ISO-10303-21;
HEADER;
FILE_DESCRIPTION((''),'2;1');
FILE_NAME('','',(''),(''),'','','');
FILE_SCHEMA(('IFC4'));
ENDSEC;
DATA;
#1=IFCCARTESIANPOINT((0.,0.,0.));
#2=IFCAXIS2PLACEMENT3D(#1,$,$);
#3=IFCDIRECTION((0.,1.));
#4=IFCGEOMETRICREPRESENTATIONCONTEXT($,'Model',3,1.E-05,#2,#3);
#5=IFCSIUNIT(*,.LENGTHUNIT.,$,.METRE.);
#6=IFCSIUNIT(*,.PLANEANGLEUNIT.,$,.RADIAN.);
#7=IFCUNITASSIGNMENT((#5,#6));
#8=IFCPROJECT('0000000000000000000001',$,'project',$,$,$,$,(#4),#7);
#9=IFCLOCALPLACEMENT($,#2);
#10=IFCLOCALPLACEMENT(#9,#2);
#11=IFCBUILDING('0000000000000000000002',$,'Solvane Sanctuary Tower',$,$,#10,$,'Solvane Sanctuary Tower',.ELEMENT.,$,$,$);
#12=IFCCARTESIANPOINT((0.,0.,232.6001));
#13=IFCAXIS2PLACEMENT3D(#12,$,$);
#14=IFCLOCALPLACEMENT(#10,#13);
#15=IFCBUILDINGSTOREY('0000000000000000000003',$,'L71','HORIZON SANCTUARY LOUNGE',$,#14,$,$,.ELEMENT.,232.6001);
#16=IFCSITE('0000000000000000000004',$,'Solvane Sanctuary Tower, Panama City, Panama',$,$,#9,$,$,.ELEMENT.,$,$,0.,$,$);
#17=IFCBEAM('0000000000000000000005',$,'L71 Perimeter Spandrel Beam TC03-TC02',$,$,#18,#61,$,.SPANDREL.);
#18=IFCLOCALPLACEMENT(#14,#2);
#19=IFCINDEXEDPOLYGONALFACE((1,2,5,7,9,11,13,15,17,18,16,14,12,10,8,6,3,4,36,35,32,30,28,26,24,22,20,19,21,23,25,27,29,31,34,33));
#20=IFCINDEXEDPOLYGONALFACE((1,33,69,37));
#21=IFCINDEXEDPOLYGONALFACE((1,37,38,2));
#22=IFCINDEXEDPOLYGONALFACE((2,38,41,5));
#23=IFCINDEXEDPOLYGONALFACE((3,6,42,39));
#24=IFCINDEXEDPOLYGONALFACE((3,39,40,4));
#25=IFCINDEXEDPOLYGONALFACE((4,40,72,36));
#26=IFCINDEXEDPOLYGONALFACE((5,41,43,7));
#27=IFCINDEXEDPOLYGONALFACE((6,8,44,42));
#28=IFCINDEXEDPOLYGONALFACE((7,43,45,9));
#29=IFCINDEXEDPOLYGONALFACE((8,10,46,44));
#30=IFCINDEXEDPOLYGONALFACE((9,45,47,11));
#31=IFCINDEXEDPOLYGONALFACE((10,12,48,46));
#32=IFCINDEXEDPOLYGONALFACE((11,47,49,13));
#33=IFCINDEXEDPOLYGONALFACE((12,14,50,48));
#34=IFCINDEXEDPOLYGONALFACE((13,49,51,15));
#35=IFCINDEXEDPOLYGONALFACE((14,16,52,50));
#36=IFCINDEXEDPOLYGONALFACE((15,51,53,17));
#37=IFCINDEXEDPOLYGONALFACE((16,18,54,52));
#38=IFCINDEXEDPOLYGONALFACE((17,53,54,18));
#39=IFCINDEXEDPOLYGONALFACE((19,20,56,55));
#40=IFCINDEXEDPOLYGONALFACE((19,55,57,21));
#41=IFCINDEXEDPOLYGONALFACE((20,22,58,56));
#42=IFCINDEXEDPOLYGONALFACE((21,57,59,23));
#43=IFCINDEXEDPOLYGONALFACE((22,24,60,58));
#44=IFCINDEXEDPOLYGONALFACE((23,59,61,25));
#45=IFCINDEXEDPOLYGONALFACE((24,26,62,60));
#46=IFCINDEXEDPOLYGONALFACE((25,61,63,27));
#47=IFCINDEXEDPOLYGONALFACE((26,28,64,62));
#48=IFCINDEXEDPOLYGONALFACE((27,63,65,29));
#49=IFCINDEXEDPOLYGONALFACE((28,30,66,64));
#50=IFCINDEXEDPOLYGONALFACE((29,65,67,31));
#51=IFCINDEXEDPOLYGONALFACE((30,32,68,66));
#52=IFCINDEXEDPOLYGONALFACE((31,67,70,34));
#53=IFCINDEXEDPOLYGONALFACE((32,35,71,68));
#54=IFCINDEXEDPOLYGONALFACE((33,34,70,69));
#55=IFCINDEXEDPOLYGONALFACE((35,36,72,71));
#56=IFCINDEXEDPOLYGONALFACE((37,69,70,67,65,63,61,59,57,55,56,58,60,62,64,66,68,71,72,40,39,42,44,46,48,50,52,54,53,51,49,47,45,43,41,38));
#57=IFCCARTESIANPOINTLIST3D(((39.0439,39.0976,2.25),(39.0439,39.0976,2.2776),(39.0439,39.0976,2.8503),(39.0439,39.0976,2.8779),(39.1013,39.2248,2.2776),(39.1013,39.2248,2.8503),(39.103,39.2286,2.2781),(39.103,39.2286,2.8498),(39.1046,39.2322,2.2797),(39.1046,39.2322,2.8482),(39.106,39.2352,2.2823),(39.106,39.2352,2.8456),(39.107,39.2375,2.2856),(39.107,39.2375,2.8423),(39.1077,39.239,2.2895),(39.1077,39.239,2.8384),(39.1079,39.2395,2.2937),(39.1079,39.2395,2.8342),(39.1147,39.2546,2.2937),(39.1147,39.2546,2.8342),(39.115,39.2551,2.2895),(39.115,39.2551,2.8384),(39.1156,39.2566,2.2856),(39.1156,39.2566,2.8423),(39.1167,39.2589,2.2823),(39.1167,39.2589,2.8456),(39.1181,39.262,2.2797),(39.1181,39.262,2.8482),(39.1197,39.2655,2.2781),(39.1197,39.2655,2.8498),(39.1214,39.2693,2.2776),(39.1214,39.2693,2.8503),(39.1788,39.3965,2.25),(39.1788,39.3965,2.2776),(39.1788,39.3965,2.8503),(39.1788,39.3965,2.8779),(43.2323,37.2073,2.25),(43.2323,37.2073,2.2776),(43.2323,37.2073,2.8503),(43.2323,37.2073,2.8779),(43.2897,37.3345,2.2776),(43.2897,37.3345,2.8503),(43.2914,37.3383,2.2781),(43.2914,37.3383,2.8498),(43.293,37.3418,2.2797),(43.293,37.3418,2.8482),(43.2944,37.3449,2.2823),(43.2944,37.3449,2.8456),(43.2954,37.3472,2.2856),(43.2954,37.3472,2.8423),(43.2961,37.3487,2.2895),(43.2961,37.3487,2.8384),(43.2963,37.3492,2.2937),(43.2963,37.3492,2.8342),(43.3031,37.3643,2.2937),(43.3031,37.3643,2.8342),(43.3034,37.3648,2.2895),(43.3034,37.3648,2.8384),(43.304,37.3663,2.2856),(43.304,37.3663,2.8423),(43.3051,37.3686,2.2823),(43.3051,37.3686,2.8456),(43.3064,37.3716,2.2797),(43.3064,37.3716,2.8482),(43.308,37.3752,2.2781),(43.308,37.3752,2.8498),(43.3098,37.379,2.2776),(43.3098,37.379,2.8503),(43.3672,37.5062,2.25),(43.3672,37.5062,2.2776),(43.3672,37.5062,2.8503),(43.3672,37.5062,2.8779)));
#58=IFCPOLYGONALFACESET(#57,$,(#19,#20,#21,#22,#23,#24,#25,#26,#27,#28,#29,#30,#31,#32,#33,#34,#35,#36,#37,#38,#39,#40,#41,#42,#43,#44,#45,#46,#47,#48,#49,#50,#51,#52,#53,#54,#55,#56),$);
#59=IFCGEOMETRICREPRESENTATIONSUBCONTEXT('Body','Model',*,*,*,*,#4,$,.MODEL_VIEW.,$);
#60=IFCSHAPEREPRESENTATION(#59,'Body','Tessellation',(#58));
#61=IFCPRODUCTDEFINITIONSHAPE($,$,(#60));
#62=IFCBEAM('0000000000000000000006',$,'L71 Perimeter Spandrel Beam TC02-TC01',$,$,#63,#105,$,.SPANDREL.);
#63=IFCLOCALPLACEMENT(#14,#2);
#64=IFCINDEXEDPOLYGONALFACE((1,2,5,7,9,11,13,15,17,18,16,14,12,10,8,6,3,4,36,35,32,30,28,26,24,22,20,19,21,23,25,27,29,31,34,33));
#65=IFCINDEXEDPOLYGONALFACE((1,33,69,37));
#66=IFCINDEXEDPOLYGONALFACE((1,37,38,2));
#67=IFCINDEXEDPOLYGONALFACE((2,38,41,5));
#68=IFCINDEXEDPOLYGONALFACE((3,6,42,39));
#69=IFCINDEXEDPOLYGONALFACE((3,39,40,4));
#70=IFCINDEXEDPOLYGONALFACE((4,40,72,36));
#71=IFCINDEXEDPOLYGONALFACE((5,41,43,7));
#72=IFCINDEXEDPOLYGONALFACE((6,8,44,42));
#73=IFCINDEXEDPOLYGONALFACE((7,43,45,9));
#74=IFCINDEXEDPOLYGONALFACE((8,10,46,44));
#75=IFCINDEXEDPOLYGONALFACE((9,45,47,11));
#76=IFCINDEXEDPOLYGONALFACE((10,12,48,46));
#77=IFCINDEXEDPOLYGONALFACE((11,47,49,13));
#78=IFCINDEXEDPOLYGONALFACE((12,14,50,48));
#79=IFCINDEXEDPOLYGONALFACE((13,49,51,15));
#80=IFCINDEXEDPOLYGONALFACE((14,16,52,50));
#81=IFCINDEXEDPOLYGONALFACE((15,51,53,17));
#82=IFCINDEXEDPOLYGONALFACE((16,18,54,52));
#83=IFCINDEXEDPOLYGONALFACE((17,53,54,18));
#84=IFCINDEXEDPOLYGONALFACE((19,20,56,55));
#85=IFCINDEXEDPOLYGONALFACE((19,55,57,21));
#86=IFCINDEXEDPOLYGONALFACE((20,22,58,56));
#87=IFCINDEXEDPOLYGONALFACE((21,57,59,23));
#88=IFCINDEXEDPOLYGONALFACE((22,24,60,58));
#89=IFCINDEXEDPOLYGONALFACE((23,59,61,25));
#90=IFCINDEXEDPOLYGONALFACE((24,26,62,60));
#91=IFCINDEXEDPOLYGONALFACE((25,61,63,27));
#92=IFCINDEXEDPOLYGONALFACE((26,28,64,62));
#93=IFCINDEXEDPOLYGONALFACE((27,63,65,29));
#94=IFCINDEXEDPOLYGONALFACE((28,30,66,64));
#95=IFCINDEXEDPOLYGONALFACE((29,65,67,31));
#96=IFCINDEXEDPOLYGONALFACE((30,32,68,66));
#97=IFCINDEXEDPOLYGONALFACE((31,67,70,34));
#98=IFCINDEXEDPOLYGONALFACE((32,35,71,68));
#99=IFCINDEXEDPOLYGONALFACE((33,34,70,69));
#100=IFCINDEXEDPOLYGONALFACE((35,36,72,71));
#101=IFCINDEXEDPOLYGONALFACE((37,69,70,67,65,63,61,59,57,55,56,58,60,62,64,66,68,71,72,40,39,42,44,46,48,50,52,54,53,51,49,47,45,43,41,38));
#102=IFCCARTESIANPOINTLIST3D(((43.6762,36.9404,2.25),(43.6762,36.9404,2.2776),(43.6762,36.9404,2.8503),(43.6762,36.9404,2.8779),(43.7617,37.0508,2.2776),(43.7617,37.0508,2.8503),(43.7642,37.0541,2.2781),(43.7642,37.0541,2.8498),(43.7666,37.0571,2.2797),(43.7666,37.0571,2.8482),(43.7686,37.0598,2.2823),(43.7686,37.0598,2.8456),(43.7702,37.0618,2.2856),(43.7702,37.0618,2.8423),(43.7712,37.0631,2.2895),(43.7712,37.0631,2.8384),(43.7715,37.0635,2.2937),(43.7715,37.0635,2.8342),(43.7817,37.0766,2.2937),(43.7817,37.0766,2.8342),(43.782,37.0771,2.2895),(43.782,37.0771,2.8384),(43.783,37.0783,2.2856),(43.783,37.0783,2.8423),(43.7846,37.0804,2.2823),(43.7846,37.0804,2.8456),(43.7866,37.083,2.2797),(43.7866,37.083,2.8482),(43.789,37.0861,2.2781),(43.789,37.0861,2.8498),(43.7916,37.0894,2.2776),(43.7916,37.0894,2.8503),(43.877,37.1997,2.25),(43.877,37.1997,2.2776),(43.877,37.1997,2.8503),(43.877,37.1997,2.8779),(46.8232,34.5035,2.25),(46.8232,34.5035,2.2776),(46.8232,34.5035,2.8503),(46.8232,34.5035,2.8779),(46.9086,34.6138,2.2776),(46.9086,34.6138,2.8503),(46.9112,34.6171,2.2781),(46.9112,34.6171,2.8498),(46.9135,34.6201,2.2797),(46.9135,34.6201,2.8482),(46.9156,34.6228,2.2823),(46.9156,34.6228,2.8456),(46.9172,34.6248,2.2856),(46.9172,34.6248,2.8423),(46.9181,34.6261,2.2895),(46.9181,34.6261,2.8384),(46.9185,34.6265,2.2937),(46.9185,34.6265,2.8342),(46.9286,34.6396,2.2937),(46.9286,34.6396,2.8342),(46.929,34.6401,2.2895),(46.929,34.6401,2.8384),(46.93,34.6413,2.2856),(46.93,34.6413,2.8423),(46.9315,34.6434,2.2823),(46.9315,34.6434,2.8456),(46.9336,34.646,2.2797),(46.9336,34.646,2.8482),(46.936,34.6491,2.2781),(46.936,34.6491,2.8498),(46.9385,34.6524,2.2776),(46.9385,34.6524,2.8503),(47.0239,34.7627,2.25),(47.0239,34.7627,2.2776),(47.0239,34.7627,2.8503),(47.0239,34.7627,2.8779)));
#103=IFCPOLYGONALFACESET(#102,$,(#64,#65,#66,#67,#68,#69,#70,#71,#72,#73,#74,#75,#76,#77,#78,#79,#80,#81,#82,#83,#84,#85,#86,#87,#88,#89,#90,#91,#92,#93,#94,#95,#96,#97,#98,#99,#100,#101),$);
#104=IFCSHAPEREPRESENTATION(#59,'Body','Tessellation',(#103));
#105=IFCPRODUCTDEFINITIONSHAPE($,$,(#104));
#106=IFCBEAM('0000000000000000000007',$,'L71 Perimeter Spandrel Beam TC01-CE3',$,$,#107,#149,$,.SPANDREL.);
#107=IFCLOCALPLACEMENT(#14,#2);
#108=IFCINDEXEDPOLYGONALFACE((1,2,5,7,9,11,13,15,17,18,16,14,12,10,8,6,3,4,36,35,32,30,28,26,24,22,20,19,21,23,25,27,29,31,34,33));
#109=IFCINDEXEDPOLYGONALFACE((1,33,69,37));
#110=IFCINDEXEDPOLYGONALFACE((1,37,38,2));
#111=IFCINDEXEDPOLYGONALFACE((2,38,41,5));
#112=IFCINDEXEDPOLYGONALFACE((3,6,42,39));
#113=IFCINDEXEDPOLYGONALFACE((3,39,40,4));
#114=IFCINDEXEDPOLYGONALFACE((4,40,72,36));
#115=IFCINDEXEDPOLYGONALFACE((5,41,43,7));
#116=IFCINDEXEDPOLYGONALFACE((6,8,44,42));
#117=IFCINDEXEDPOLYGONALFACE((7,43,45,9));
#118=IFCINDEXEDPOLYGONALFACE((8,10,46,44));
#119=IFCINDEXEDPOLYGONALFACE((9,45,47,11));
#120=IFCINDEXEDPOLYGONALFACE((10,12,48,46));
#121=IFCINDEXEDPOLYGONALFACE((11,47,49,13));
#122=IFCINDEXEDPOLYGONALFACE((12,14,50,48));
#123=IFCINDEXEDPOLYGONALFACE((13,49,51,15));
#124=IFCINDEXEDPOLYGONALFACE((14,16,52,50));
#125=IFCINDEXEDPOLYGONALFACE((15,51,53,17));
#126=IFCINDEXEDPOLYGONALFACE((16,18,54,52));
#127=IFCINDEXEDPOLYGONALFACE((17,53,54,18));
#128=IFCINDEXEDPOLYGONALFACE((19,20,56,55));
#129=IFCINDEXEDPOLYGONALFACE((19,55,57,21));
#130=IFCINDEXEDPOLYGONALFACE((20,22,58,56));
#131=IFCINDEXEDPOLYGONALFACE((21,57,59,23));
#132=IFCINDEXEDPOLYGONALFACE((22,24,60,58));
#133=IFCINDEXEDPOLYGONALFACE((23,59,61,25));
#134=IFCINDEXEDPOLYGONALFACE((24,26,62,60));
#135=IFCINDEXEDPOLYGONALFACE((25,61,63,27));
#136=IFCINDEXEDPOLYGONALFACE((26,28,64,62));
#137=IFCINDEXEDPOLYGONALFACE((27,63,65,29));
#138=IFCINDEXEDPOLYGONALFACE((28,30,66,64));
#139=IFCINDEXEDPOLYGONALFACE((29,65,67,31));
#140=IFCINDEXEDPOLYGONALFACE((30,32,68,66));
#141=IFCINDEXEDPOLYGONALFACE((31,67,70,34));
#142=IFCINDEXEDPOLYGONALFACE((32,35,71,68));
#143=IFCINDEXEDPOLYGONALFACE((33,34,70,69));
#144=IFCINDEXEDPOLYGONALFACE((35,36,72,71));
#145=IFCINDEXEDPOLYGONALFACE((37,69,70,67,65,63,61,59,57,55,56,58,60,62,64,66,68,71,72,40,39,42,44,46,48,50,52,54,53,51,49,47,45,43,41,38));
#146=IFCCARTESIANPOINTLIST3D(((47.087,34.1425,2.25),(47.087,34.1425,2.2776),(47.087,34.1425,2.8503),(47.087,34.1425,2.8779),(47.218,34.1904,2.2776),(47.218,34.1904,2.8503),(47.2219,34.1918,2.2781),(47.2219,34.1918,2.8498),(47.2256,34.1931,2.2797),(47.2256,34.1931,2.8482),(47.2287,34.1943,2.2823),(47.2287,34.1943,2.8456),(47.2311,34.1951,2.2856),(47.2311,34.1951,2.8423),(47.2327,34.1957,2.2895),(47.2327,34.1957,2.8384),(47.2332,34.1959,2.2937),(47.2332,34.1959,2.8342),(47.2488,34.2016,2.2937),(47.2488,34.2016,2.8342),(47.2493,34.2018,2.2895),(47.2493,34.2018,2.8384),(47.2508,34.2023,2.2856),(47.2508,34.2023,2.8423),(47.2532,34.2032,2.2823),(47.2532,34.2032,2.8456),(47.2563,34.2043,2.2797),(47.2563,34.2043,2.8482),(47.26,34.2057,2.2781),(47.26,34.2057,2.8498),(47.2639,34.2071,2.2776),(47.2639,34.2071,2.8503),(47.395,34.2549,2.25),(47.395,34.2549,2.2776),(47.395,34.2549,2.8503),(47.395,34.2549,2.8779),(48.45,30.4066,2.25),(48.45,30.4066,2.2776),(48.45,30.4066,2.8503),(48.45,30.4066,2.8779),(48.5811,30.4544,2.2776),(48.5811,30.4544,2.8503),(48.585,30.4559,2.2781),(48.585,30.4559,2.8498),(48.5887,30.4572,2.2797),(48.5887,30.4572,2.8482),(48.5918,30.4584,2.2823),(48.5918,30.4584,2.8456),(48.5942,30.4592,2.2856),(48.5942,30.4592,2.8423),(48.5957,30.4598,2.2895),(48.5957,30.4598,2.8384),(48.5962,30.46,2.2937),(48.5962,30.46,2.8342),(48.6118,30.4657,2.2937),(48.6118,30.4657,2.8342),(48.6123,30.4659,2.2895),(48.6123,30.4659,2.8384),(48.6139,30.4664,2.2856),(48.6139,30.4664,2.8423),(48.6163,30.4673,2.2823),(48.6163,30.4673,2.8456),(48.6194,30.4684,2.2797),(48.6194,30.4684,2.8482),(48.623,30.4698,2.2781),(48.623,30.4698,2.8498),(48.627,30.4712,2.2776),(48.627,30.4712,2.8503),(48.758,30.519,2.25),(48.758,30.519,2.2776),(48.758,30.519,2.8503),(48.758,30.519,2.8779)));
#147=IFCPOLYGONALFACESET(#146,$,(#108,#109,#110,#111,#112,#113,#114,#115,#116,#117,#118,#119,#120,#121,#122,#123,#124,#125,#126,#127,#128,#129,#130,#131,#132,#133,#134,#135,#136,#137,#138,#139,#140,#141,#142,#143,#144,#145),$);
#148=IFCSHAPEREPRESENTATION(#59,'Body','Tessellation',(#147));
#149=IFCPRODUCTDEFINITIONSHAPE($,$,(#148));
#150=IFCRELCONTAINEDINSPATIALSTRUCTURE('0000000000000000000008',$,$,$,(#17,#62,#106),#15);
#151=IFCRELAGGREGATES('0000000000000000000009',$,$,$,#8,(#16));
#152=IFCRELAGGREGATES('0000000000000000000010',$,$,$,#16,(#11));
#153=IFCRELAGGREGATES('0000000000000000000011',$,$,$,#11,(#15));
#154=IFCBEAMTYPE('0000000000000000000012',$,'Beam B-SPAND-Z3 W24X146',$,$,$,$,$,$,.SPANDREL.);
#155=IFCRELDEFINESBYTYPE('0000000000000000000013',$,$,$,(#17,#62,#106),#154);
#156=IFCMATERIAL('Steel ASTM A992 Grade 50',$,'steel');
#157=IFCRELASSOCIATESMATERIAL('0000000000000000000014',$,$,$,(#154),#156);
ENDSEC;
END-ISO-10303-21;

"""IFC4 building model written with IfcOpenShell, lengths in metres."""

from ifc_helpers import new_model, si_unit, direction, frame, origin, origin_2d, place, context, subcontext, project, spatial, i_section, extrude, material, material_profile, profile_set, type_object, element, save


model = new_model("IFC4")

# Units and contexts
model_context = context("Model", 3, precision=1e-05, world=origin(), true_north=direction((0.0, 1.0)))
body_context = subcontext(model_context, "Body", "Model", "MODEL_VIEW")
ifc_project = project(units=[si_unit("LENGTHUNIT", "METRE"), si_unit("PLANEANGLEUNIT", "RADIAN")], contexts=[model_context])

# Site, building, storey
site_placement = place(None, origin())
site = spatial("IfcSite", under=ifc_project, at=site_placement, Name="Solvane Sanctuary Tower, Panama City, Panama", CompositionType="ELEMENT", RefElevation=0.0)
building_placement = place(site_placement, origin())
building = spatial("IfcBuilding", under=site, at=building_placement, Name="Solvane Sanctuary Tower", LongName="Solvane Sanctuary Tower", CompositionType="ELEMENT")
storey_placement = place(building_placement, frame((0.0, 0.0, 232.6001)))
storey = spatial("IfcBuildingStorey", under=building, at=storey_placement, Name="L71", Description="HORIZON SANCTUARY LOUNGE", CompositionType="ELEMENT", Elevation=232.6001)

# Beams
ifc_material_1 = material(Name="Steel ASTM A992 Grade 50", Category="steel")
ifc_material_profile_1 = material_profile(ifc_material_1, i_section(OverallWidth=0.3279, OverallDepth=0.6279, WebThickness=0.0166, FlangeThickness=0.0276, FilletRadius=0.0161, at=origin_2d()), Name="W24X146")
ifc_profile_set_1 = profile_set([ifc_material_profile_1], Name="Steel ASTM A992 Grade 50")
beam_type_1 = type_object("IfcBeamType", Name="Beam B-SPAND-Z3 W24X146", PredefinedType="SPANDREL", material=ifc_profile_set_1)
beam_1_placement = place(storey_placement, frame((39.1113, 39.2471, 2.564), z_axis=(0.911468, -0.411372, 0.0), x_axis=(0.411372, 0.911468, 0.0)))
element("IfcBeam", 1, at=beam_1_placement, inside=storey, type_object=beam_type_1, Name="L71 Perimeter Spandrel Beam TC03-TC02", PredefinedType="SPANDREL", context=body_context, shape_type="SweptSolid", body=[
    extrude(i_section(OverallWidth=0.3279, OverallDepth=0.6279, WebThickness=0.0166, FlangeThickness=0.0276, FilletRadius=0.0161, at=origin_2d()), origin(), (0.0, 0.0, 1.0), 4.5952),
])
beam_2_placement = place(storey_placement, frame((43.7766, 37.0701, 2.564), z_axis=(0.790645, -0.612275, 0.0), x_axis=(0.612275, 0.790645, 0.0)))
element("IfcBeam", 2, at=beam_2_placement, inside=storey, type_object=beam_type_1, Name="L71 Perimeter Spandrel Beam TC02-TC01", PredefinedType="SPANDREL", context=body_context, shape_type="SweptSolid", body=[
    extrude(i_section(OverallWidth=0.3279, OverallDepth=0.6279, WebThickness=0.0166, FlangeThickness=0.0276, FilletRadius=0.0161, at=origin_2d()), origin(), (0.0, 0.0, 1.0), 3.9802),
])
beam_3_placement = place(storey_placement, frame((47.241, 34.1987, 2.564), z_axis=(0.342753, -0.939425, 0.0), x_axis=(0.939425, 0.342753, 0.0)))
element("IfcBeam", 3, at=beam_3_placement, inside=storey, type_object=beam_type_1, Name="L71 Perimeter Spandrel Beam TC01-CE3", PredefinedType="SPANDREL", context=body_context, shape_type="SweptSolid", body=[
    extrude(i_section(OverallWidth=0.3279, OverallDepth=0.6279, WebThickness=0.0166, FlangeThickness=0.0276, FilletRadius=0.0161, at=origin_2d()), origin(), (0.0, 0.0, 1.0), 3.9768),
])

save(model, "model.ifc")
